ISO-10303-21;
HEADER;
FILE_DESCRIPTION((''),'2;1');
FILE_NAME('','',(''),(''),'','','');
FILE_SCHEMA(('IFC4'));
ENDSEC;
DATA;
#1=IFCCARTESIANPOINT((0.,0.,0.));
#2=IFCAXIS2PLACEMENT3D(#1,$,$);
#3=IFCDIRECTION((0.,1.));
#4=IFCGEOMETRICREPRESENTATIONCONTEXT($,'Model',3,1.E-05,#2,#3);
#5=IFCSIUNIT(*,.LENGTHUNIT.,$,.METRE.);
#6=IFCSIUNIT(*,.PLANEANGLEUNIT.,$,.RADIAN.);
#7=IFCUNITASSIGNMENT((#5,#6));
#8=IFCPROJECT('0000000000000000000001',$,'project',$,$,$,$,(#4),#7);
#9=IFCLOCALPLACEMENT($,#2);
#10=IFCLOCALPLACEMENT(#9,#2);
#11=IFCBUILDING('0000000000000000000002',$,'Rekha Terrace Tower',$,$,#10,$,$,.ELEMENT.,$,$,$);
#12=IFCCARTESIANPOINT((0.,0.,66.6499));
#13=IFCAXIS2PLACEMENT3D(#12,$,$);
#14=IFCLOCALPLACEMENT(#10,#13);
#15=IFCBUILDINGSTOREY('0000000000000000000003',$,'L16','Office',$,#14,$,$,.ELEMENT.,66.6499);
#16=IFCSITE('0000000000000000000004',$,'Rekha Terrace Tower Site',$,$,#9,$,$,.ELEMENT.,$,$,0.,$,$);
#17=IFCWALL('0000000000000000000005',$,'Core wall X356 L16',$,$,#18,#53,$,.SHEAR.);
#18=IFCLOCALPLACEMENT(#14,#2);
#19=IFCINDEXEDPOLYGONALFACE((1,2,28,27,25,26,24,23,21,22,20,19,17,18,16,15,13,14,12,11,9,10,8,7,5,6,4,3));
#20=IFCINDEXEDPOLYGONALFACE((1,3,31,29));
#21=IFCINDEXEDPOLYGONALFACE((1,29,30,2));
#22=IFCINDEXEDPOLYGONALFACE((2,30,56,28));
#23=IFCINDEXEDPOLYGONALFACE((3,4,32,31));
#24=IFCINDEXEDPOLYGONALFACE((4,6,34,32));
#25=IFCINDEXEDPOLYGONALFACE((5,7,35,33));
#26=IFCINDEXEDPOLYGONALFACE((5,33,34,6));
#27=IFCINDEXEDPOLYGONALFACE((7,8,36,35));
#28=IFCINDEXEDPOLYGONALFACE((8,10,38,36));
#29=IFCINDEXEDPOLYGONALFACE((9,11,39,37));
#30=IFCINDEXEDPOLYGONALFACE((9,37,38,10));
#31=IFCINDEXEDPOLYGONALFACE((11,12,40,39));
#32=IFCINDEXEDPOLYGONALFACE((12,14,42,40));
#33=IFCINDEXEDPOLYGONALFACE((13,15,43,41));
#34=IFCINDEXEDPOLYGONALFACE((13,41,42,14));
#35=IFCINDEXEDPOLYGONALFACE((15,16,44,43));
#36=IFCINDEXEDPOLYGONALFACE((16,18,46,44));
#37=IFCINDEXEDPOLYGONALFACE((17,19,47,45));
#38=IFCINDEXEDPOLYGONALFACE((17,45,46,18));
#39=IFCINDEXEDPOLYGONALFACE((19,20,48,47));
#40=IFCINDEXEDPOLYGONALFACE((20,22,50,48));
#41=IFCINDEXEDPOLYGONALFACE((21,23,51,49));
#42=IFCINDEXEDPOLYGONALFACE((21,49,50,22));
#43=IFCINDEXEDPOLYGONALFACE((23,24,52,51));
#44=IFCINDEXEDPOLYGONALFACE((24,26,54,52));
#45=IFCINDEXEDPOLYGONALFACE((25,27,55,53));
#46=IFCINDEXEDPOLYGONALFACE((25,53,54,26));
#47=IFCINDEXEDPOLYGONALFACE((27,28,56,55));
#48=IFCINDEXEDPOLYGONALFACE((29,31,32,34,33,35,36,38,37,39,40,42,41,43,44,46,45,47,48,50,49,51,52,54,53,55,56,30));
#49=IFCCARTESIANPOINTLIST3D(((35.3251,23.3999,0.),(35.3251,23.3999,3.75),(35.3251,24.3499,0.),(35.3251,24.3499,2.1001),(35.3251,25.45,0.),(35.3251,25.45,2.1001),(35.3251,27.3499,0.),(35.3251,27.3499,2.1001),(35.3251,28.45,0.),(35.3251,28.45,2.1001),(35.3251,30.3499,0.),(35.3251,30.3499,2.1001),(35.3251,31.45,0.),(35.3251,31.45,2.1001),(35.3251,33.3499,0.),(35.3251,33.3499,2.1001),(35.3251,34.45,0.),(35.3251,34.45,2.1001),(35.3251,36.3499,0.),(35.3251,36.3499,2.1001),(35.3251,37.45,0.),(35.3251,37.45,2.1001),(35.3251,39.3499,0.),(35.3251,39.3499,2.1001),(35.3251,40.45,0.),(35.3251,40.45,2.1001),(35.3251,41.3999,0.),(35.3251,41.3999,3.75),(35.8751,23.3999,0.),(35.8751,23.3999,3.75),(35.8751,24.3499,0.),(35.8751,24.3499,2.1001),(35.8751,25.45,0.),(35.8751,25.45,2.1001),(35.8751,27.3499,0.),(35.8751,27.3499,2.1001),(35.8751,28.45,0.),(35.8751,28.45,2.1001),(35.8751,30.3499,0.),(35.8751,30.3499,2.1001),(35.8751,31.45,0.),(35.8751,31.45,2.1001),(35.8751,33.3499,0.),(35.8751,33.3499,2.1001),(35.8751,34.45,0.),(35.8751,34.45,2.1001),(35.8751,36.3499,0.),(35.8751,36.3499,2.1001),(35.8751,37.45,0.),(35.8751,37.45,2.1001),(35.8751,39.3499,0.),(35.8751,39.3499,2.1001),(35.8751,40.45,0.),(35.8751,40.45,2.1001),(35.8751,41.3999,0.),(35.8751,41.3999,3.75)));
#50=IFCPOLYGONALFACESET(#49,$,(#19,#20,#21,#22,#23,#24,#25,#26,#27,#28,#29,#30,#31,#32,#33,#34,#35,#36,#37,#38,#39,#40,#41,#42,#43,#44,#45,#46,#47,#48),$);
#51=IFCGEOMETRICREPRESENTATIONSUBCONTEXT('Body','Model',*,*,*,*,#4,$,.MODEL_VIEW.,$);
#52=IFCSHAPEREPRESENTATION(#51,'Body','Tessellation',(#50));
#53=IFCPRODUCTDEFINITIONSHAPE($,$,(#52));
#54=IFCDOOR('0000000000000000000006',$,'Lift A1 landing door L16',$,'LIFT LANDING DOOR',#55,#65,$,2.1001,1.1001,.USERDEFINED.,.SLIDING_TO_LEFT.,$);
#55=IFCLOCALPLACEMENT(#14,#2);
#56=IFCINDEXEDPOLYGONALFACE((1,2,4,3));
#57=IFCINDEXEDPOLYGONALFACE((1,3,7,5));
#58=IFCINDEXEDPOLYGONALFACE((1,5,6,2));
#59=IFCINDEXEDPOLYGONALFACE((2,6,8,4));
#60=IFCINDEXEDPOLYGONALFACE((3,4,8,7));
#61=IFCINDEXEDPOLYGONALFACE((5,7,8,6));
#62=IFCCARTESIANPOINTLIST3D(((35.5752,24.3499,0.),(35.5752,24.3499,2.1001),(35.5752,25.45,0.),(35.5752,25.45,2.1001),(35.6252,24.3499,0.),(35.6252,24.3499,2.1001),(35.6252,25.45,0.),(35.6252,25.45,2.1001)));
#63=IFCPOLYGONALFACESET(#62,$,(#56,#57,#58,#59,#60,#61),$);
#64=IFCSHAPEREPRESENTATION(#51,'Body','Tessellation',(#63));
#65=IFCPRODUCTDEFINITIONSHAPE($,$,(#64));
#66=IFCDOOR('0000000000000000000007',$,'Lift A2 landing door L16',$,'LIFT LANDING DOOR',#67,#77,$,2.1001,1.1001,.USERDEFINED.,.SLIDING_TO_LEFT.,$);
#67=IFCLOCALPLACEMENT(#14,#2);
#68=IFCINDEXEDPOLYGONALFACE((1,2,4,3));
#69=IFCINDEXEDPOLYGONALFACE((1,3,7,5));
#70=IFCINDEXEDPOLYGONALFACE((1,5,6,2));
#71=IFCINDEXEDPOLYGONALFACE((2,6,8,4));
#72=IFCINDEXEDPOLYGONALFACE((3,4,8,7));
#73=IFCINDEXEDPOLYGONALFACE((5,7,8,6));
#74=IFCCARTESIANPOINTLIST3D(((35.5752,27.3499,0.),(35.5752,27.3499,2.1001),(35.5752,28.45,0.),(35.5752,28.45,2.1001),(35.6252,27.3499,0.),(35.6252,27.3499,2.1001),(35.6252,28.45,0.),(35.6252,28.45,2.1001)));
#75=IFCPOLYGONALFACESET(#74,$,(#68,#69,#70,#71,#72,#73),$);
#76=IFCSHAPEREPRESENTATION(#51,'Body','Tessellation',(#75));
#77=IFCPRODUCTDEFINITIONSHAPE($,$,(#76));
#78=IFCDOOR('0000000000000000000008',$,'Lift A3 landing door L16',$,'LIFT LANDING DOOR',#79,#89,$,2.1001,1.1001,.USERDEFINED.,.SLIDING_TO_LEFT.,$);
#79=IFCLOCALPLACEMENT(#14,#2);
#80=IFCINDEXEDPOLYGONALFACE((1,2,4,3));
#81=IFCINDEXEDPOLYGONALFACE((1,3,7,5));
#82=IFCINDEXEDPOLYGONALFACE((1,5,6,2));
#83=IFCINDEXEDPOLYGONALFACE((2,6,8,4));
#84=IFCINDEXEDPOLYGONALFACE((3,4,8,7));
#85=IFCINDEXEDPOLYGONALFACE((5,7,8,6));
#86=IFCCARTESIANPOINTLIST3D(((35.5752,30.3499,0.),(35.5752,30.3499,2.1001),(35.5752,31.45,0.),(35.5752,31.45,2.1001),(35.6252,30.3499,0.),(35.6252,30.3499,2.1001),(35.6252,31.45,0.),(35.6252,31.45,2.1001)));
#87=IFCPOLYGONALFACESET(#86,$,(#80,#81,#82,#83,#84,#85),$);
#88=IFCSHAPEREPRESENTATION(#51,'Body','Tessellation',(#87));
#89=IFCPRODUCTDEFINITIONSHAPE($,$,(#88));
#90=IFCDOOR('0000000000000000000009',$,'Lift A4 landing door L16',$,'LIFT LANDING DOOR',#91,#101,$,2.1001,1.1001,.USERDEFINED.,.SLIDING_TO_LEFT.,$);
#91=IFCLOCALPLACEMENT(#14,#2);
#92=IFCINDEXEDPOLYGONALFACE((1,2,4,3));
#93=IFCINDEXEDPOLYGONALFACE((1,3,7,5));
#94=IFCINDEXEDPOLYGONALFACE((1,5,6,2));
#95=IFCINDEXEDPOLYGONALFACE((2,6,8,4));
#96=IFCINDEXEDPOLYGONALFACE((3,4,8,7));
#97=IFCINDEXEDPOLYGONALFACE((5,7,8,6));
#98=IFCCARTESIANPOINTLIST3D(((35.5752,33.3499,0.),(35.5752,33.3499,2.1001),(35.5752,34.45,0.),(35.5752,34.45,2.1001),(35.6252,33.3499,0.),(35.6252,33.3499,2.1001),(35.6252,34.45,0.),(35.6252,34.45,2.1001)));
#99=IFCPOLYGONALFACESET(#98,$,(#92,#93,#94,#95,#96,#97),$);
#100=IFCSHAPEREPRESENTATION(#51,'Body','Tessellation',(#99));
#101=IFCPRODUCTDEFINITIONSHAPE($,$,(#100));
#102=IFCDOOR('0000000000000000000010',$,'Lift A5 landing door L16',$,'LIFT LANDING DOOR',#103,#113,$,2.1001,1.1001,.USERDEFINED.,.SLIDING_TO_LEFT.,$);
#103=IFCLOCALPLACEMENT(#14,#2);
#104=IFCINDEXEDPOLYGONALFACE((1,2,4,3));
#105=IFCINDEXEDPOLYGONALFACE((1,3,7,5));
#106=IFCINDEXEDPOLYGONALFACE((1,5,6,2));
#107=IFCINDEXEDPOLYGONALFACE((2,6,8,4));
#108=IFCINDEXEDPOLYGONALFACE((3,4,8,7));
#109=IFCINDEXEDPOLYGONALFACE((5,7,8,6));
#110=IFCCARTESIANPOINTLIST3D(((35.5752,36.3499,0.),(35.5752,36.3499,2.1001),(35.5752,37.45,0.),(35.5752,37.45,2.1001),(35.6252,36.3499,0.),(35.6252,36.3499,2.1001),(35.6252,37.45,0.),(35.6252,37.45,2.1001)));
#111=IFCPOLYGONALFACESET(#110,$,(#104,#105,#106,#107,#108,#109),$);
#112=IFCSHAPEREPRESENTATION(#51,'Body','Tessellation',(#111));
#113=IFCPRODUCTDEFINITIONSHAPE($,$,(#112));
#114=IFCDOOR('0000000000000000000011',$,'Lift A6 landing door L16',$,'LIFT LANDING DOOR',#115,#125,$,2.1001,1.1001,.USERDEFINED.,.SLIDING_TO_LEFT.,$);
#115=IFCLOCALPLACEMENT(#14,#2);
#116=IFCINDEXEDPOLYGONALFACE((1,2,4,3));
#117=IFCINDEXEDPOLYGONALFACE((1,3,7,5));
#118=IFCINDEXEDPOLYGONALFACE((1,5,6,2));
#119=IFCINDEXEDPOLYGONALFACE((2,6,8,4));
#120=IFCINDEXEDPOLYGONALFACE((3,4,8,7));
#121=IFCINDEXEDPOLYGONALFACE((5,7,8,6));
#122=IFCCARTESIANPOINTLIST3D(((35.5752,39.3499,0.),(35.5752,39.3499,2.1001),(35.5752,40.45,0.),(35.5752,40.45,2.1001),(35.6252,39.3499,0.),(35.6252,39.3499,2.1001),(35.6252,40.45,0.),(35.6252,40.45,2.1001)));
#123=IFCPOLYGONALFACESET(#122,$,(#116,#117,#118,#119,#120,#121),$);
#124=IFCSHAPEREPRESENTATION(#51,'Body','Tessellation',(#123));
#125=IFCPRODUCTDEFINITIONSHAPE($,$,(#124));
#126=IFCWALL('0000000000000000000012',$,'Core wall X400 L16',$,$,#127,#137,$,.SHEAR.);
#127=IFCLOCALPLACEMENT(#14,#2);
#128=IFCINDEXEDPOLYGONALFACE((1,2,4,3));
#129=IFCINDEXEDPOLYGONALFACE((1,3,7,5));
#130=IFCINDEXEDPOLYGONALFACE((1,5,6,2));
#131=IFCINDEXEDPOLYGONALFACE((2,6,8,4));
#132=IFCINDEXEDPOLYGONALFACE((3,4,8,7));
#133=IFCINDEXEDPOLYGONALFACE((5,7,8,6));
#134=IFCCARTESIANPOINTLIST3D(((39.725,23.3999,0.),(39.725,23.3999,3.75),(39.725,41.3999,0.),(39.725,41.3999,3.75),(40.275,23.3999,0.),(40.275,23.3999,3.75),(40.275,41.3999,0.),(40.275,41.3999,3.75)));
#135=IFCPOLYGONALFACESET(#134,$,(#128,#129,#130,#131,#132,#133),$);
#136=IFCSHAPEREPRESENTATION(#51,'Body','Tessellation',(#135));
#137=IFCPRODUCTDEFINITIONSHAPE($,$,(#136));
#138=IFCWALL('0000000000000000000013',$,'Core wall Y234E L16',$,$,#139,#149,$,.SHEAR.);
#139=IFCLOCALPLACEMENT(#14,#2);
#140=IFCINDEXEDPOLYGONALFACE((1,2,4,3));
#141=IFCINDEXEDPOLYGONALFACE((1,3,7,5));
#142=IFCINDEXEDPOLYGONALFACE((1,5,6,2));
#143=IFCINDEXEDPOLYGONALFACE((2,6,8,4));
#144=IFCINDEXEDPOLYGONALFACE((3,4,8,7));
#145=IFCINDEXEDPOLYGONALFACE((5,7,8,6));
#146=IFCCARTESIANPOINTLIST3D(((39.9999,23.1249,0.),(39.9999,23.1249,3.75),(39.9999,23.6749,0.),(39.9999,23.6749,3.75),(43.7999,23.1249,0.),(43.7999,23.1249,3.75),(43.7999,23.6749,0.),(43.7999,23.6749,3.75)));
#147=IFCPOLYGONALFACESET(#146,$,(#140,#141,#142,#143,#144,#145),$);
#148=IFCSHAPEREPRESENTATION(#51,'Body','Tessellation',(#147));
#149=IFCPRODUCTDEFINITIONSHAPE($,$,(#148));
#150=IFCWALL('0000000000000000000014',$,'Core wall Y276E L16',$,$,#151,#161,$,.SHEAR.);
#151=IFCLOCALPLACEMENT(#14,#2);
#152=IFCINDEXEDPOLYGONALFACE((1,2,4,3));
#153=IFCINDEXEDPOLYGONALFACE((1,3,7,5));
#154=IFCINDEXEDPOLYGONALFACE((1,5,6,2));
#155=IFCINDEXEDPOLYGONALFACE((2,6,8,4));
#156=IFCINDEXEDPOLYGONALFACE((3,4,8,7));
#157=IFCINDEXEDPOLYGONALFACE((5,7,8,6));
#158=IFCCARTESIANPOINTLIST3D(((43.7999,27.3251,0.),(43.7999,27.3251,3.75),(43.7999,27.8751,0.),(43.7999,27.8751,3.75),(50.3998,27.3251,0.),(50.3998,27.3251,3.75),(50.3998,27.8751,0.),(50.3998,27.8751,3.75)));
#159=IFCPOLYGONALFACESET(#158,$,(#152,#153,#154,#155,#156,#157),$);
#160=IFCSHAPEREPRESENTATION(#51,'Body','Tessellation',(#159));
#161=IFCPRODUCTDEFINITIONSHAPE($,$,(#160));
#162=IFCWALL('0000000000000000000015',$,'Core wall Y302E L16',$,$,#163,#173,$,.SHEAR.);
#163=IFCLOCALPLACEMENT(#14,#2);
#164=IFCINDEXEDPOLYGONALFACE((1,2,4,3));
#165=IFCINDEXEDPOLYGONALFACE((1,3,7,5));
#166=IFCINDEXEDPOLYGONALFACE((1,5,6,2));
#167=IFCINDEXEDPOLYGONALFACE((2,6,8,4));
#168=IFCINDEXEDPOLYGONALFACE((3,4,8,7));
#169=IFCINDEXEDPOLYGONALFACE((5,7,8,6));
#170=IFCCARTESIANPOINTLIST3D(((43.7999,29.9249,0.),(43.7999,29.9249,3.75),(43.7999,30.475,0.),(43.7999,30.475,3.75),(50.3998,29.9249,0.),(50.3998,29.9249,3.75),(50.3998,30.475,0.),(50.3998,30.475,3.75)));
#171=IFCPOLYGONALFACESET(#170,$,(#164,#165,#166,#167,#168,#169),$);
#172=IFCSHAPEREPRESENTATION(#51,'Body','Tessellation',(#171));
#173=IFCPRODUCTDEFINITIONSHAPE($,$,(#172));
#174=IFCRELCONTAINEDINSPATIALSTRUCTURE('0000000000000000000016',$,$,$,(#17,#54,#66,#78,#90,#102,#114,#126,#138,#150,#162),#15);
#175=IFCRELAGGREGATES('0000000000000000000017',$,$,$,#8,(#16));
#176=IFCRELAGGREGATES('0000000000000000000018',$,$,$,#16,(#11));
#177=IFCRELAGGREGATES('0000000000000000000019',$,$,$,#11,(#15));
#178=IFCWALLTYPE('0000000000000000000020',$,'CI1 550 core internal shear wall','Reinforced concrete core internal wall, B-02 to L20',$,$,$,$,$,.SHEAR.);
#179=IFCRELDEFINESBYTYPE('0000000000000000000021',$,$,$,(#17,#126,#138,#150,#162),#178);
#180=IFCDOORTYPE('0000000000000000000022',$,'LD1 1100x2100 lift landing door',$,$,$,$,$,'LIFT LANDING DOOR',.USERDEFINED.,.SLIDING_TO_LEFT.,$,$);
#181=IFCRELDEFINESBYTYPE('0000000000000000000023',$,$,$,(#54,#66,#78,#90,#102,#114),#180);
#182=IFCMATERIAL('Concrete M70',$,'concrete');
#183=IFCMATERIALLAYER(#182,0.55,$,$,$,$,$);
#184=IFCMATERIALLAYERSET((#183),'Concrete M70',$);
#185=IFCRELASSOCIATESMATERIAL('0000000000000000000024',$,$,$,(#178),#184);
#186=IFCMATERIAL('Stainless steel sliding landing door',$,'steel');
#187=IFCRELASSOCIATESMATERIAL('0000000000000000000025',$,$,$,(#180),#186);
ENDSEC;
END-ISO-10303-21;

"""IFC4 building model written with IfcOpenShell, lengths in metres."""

from ifc_helpers import new_model, si_unit, direction, frame, frame_2d, origin, place, context, subcontext, project, spatial, rectangle, extrude, material, layer, layer_set, type_object, element, fill, save


model = new_model("IFC4")

# Units and contexts
model_context = context("Model", 3, precision=1e-05, world=origin(), true_north=direction((0.0, 1.0)))
body_context = subcontext(model_context, "Body", "Model", "MODEL_VIEW")
ifc_project = project(units=[si_unit("LENGTHUNIT", "METRE"), si_unit("PLANEANGLEUNIT", "RADIAN")], contexts=[model_context])

# Site, building, storey
site_placement = place(None, origin())
site = spatial("IfcSite", under=ifc_project, at=site_placement, Name="Rekha Terrace Tower Site", CompositionType="ELEMENT", RefElevation=0.0)
building_placement = place(site_placement, origin())
building = spatial("IfcBuilding", under=site, at=building_placement, Name="Rekha Terrace Tower", CompositionType="ELEMENT")
storey_placement = place(building_placement, frame((0.0, 0.0, 66.6499)))
storey = spatial("IfcBuildingStorey", under=building, at=storey_placement, Name="L16", Description="Office", CompositionType="ELEMENT", Elevation=66.6499)

# Wall, openings, doors
ifc_material_1 = material(Name="Concrete M70", Category="concrete")
ifc_layer_1 = layer(ifc_material_1, 0.55)
ifc_layer_set_1 = layer_set([ifc_layer_1], Name="Concrete M70")
wall_type_1 = type_object("IfcWallType", Name="CI1 550 core internal shear wall", Description="Reinforced concrete core internal wall, B-02 to L20", PredefinedType="SHEAR", material=ifc_layer_set_1)
wall_1_placement = place(storey_placement, frame((35.6001, 23.3999, 0.0), z_axis=(0.0, 0.0, 1.0), x_axis=(0.0, 1.0, 0.0)))
wall_1 = element("IfcWall", 1, at=wall_1_placement, inside=storey, type_object=wall_type_1, Name="Core wall X356 L16", PredefinedType="SHEAR", context=body_context, shape_type="SweptSolid", body=[
    extrude(rectangle(XDim=18.0, YDim=0.55, at=frame_2d((9.0, 0.0))), origin(), (0.0, 0.0, 1.0), 3.75),
])
opening_1_placement = place(wall_1_placement, frame((0.95, 0.0, 0.0)))
opening_1 = element("IfcOpeningElement", 2, at=opening_1_placement, cuts=wall_1, PredefinedType="OPENING", context=body_context, shape_type="SweptSolid", body=[
    extrude(rectangle(XDim=1.1001, YDim=2.1001, at=frame_2d((0.55, 1.05))), frame((0.0, 0.2849, 0.0), z_axis=(0.0, -1.0, 0.0), x_axis=(1.0, 0.0, 0.0)), (0.0, 0.0, 1.0), 0.5701),
])
opening_2_placement = place(wall_1_placement, frame((3.95, 0.0, 0.0)))
opening_2 = element("IfcOpeningElement", 3, at=opening_2_placement, cuts=wall_1, PredefinedType="OPENING", context=body_context, shape_type="SweptSolid", body=[
    extrude(rectangle(XDim=1.1001, YDim=2.1001, at=frame_2d((0.55, 1.05))), frame((0.0, 0.2849, 0.0), z_axis=(0.0, -1.0, 0.0), x_axis=(1.0, 0.0, 0.0)), (0.0, 0.0, 1.0), 0.5701),
])
opening_3_placement = place(wall_1_placement, frame((6.95, 0.0, 0.0)))
opening_3 = element("IfcOpeningElement", 4, at=opening_3_placement, cuts=wall_1, PredefinedType="OPENING", context=body_context, shape_type="SweptSolid", body=[
    extrude(rectangle(XDim=1.1001, YDim=2.1001, at=frame_2d((0.55, 1.05))), frame((0.0, 0.2849, 0.0), z_axis=(0.0, -1.0, 0.0), x_axis=(1.0, 0.0, 0.0)), (0.0, 0.0, 1.0), 0.5701),
])
opening_4_placement = place(wall_1_placement, frame((9.95, 0.0, 0.0)))
opening_4 = element("IfcOpeningElement", 5, at=opening_4_placement, cuts=wall_1, PredefinedType="OPENING", context=body_context, shape_type="SweptSolid", body=[
    extrude(rectangle(XDim=1.1001, YDim=2.1001, at=frame_2d((0.55, 1.05))), frame((0.0, 0.2849, 0.0), z_axis=(0.0, -1.0, 0.0), x_axis=(1.0, 0.0, 0.0)), (0.0, 0.0, 1.0), 0.5701),
])
opening_5_placement = place(wall_1_placement, frame((12.95, 0.0, 0.0)))
opening_5 = element("IfcOpeningElement", 6, at=opening_5_placement, cuts=wall_1, PredefinedType="OPENING", context=body_context, shape_type="SweptSolid", body=[
    extrude(rectangle(XDim=1.1001, YDim=2.1001, at=frame_2d((0.55, 1.05))), frame((0.0, 0.2849, 0.0), z_axis=(0.0, -1.0, 0.0), x_axis=(1.0, 0.0, 0.0)), (0.0, 0.0, 1.0), 0.5701),
])
opening_6_placement = place(wall_1_placement, frame((15.95, 0.0, 0.0)))
opening_6 = element("IfcOpeningElement", 7, at=opening_6_placement, cuts=wall_1, PredefinedType="OPENING", context=body_context, shape_type="SweptSolid", body=[
    extrude(rectangle(XDim=1.1001, YDim=2.1001, at=frame_2d((0.55, 1.05))), frame((0.0, 0.2849, 0.0), z_axis=(0.0, -1.0, 0.0), x_axis=(1.0, 0.0, 0.0)), (0.0, 0.0, 1.0), 0.5701),
])
ifc_material_2 = material(Name="Stainless steel sliding landing door", Category="steel")
door_type_1 = type_object("IfcDoorType", Name="LD1 1100x2100 lift landing door", ElementType="LIFT LANDING DOOR", OperationType="SLIDING_TO_LEFT", PredefinedType="USERDEFINED", material=ifc_material_2)
door_1_placement = place(opening_1_placement, origin())
door_1 = element("IfcDoor", 8, at=door_1_placement, inside=storey, type_object=door_type_1, Name="Lift A1 landing door L16", ObjectType="LIFT LANDING DOOR", OperationType="SLIDING_TO_LEFT", OverallHeight=2.1001, OverallWidth=1.1001, PredefinedType="USERDEFINED", context=body_context, shape_type="SweptSolid", body=[
    extrude(rectangle(XDim=1.1001, YDim=2.1001, at=frame_2d((0.55, 1.05))), frame((0.0, 0.0249, 0.0), z_axis=(0.0, -1.0, 0.0), x_axis=(1.0, 0.0, 0.0)), (0.0, 0.0, 1.0), 0.05),
])
fill(opening_1, door_1)
door_2_placement = place(opening_2_placement, origin())
door_2 = element("IfcDoor", 9, at=door_2_placement, inside=storey, type_object=door_type_1, Name="Lift A2 landing door L16", ObjectType="LIFT LANDING DOOR", OperationType="SLIDING_TO_LEFT", OverallHeight=2.1001, OverallWidth=1.1001, PredefinedType="USERDEFINED", context=body_context, shape_type="SweptSolid", body=[
    extrude(rectangle(XDim=1.1001, YDim=2.1001, at=frame_2d((0.55, 1.05))), frame((0.0, 0.0249, 0.0), z_axis=(0.0, -1.0, 0.0), x_axis=(1.0, 0.0, 0.0)), (0.0, 0.0, 1.0), 0.05),
])
fill(opening_2, door_2)
door_3_placement = place(opening_3_placement, origin())
door_3 = element("IfcDoor", 10, at=door_3_placement, inside=storey, type_object=door_type_1, Name="Lift A3 landing door L16", ObjectType="LIFT LANDING DOOR", OperationType="SLIDING_TO_LEFT", OverallHeight=2.1001, OverallWidth=1.1001, PredefinedType="USERDEFINED", context=body_context, shape_type="SweptSolid", body=[
    extrude(rectangle(XDim=1.1001, YDim=2.1001, at=frame_2d((0.55, 1.05))), frame((0.0, 0.0249, 0.0), z_axis=(0.0, -1.0, 0.0), x_axis=(1.0, 0.0, 0.0)), (0.0, 0.0, 1.0), 0.05),
])
fill(opening_3, door_3)
door_4_placement = place(opening_4_placement, origin())
door_4 = element("IfcDoor", 11, at=door_4_placement, inside=storey, type_object=door_type_1, Name="Lift A4 landing door L16", ObjectType="LIFT LANDING DOOR", OperationType="SLIDING_TO_LEFT", OverallHeight=2.1001, OverallWidth=1.1001, PredefinedType="USERDEFINED", context=body_context, shape_type="SweptSolid", body=[
    extrude(rectangle(XDim=1.1001, YDim=2.1001, at=frame_2d((0.55, 1.05))), frame((0.0, 0.0249, 0.0), z_axis=(0.0, -1.0, 0.0), x_axis=(1.0, 0.0, 0.0)), (0.0, 0.0, 1.0), 0.05),
])
fill(opening_4, door_4)
door_5_placement = place(opening_5_placement, origin())
door_5 = element("IfcDoor", 12, at=door_5_placement, inside=storey, type_object=door_type_1, Name="Lift A5 landing door L16", ObjectType="LIFT LANDING DOOR", OperationType="SLIDING_TO_LEFT", OverallHeight=2.1001, OverallWidth=1.1001, PredefinedType="USERDEFINED", context=body_context, shape_type="SweptSolid", body=[
    extrude(rectangle(XDim=1.1001, YDim=2.1001, at=frame_2d((0.55, 1.05))), frame((0.0, 0.0249, 0.0), z_axis=(0.0, -1.0, 0.0), x_axis=(1.0, 0.0, 0.0)), (0.0, 0.0, 1.0), 0.05),
])
fill(opening_5, door_5)
door_6_placement = place(opening_6_placement, origin())
door_6 = element("IfcDoor", 13, at=door_6_placement, inside=storey, type_object=door_type_1, Name="Lift A6 landing door L16", ObjectType="LIFT LANDING DOOR", OperationType="SLIDING_TO_LEFT", OverallHeight=2.1001, OverallWidth=1.1001, PredefinedType="USERDEFINED", context=body_context, shape_type="SweptSolid", body=[
    extrude(rectangle(XDim=1.1001, YDim=2.1001, at=frame_2d((0.55, 1.05))), frame((0.0, 0.0249, 0.0), z_axis=(0.0, -1.0, 0.0), x_axis=(1.0, 0.0, 0.0)), (0.0, 0.0, 1.0), 0.05),
])
fill(opening_6, door_6)

# Walls
wall_2_placement = place(storey_placement, frame((40.0, 23.3999, 0.0), z_axis=(0.0, 0.0, 1.0), x_axis=(0.0, 1.0, 0.0)))
element("IfcWall", 14, at=wall_2_placement, inside=storey, type_object=wall_type_1, Name="Core wall X400 L16", PredefinedType="SHEAR", context=body_context, shape_type="SweptSolid", body=[
    extrude(rectangle(XDim=18.0, YDim=0.55, at=frame_2d((9.0, 0.0))), origin(), (0.0, 0.0, 1.0), 3.75),
])
wall_3_placement = place(storey_placement, frame((40.0, 23.3999, 0.0), z_axis=(0.0, 0.0, 1.0), x_axis=(1.0, 0.0, 0.0)))
element("IfcWall", 15, at=wall_3_placement, inside=storey, type_object=wall_type_1, Name="Core wall Y234E L16", PredefinedType="SHEAR", context=body_context, shape_type="SweptSolid", body=[
    extrude(rectangle(XDim=3.8, YDim=0.55, at=frame_2d((1.8999, 0.0))), origin(), (0.0, 0.0, 1.0), 3.75),
])
for number, where, z_axis, x_axis, name in (
    (16, (43.8, 27.6001, 0.0), (0.0, 0.0, 1.0), (1.0, 0.0, 0.0), "Core wall Y276E L16"),
    (17, (43.8, 30.2, 0.0), (0.0, 0.0, 1.0), (1.0, 0.0, 0.0), "Core wall Y302E L16"),
):
    element("IfcWall", number, at=place(storey_placement, frame(where, z_axis=z_axis, x_axis=x_axis)), inside=storey, type_object=wall_type_1, Name=name, PredefinedType="SHEAR", context=body_context, shape_type="SweptSolid", body=[
        extrude(rectangle(XDim=6.5999, YDim=0.55, at=frame_2d((3.2998, 0.0))), origin(), (0.0, 0.0, 1.0), 3.75),
    ])

save(model, "model.ifc")
